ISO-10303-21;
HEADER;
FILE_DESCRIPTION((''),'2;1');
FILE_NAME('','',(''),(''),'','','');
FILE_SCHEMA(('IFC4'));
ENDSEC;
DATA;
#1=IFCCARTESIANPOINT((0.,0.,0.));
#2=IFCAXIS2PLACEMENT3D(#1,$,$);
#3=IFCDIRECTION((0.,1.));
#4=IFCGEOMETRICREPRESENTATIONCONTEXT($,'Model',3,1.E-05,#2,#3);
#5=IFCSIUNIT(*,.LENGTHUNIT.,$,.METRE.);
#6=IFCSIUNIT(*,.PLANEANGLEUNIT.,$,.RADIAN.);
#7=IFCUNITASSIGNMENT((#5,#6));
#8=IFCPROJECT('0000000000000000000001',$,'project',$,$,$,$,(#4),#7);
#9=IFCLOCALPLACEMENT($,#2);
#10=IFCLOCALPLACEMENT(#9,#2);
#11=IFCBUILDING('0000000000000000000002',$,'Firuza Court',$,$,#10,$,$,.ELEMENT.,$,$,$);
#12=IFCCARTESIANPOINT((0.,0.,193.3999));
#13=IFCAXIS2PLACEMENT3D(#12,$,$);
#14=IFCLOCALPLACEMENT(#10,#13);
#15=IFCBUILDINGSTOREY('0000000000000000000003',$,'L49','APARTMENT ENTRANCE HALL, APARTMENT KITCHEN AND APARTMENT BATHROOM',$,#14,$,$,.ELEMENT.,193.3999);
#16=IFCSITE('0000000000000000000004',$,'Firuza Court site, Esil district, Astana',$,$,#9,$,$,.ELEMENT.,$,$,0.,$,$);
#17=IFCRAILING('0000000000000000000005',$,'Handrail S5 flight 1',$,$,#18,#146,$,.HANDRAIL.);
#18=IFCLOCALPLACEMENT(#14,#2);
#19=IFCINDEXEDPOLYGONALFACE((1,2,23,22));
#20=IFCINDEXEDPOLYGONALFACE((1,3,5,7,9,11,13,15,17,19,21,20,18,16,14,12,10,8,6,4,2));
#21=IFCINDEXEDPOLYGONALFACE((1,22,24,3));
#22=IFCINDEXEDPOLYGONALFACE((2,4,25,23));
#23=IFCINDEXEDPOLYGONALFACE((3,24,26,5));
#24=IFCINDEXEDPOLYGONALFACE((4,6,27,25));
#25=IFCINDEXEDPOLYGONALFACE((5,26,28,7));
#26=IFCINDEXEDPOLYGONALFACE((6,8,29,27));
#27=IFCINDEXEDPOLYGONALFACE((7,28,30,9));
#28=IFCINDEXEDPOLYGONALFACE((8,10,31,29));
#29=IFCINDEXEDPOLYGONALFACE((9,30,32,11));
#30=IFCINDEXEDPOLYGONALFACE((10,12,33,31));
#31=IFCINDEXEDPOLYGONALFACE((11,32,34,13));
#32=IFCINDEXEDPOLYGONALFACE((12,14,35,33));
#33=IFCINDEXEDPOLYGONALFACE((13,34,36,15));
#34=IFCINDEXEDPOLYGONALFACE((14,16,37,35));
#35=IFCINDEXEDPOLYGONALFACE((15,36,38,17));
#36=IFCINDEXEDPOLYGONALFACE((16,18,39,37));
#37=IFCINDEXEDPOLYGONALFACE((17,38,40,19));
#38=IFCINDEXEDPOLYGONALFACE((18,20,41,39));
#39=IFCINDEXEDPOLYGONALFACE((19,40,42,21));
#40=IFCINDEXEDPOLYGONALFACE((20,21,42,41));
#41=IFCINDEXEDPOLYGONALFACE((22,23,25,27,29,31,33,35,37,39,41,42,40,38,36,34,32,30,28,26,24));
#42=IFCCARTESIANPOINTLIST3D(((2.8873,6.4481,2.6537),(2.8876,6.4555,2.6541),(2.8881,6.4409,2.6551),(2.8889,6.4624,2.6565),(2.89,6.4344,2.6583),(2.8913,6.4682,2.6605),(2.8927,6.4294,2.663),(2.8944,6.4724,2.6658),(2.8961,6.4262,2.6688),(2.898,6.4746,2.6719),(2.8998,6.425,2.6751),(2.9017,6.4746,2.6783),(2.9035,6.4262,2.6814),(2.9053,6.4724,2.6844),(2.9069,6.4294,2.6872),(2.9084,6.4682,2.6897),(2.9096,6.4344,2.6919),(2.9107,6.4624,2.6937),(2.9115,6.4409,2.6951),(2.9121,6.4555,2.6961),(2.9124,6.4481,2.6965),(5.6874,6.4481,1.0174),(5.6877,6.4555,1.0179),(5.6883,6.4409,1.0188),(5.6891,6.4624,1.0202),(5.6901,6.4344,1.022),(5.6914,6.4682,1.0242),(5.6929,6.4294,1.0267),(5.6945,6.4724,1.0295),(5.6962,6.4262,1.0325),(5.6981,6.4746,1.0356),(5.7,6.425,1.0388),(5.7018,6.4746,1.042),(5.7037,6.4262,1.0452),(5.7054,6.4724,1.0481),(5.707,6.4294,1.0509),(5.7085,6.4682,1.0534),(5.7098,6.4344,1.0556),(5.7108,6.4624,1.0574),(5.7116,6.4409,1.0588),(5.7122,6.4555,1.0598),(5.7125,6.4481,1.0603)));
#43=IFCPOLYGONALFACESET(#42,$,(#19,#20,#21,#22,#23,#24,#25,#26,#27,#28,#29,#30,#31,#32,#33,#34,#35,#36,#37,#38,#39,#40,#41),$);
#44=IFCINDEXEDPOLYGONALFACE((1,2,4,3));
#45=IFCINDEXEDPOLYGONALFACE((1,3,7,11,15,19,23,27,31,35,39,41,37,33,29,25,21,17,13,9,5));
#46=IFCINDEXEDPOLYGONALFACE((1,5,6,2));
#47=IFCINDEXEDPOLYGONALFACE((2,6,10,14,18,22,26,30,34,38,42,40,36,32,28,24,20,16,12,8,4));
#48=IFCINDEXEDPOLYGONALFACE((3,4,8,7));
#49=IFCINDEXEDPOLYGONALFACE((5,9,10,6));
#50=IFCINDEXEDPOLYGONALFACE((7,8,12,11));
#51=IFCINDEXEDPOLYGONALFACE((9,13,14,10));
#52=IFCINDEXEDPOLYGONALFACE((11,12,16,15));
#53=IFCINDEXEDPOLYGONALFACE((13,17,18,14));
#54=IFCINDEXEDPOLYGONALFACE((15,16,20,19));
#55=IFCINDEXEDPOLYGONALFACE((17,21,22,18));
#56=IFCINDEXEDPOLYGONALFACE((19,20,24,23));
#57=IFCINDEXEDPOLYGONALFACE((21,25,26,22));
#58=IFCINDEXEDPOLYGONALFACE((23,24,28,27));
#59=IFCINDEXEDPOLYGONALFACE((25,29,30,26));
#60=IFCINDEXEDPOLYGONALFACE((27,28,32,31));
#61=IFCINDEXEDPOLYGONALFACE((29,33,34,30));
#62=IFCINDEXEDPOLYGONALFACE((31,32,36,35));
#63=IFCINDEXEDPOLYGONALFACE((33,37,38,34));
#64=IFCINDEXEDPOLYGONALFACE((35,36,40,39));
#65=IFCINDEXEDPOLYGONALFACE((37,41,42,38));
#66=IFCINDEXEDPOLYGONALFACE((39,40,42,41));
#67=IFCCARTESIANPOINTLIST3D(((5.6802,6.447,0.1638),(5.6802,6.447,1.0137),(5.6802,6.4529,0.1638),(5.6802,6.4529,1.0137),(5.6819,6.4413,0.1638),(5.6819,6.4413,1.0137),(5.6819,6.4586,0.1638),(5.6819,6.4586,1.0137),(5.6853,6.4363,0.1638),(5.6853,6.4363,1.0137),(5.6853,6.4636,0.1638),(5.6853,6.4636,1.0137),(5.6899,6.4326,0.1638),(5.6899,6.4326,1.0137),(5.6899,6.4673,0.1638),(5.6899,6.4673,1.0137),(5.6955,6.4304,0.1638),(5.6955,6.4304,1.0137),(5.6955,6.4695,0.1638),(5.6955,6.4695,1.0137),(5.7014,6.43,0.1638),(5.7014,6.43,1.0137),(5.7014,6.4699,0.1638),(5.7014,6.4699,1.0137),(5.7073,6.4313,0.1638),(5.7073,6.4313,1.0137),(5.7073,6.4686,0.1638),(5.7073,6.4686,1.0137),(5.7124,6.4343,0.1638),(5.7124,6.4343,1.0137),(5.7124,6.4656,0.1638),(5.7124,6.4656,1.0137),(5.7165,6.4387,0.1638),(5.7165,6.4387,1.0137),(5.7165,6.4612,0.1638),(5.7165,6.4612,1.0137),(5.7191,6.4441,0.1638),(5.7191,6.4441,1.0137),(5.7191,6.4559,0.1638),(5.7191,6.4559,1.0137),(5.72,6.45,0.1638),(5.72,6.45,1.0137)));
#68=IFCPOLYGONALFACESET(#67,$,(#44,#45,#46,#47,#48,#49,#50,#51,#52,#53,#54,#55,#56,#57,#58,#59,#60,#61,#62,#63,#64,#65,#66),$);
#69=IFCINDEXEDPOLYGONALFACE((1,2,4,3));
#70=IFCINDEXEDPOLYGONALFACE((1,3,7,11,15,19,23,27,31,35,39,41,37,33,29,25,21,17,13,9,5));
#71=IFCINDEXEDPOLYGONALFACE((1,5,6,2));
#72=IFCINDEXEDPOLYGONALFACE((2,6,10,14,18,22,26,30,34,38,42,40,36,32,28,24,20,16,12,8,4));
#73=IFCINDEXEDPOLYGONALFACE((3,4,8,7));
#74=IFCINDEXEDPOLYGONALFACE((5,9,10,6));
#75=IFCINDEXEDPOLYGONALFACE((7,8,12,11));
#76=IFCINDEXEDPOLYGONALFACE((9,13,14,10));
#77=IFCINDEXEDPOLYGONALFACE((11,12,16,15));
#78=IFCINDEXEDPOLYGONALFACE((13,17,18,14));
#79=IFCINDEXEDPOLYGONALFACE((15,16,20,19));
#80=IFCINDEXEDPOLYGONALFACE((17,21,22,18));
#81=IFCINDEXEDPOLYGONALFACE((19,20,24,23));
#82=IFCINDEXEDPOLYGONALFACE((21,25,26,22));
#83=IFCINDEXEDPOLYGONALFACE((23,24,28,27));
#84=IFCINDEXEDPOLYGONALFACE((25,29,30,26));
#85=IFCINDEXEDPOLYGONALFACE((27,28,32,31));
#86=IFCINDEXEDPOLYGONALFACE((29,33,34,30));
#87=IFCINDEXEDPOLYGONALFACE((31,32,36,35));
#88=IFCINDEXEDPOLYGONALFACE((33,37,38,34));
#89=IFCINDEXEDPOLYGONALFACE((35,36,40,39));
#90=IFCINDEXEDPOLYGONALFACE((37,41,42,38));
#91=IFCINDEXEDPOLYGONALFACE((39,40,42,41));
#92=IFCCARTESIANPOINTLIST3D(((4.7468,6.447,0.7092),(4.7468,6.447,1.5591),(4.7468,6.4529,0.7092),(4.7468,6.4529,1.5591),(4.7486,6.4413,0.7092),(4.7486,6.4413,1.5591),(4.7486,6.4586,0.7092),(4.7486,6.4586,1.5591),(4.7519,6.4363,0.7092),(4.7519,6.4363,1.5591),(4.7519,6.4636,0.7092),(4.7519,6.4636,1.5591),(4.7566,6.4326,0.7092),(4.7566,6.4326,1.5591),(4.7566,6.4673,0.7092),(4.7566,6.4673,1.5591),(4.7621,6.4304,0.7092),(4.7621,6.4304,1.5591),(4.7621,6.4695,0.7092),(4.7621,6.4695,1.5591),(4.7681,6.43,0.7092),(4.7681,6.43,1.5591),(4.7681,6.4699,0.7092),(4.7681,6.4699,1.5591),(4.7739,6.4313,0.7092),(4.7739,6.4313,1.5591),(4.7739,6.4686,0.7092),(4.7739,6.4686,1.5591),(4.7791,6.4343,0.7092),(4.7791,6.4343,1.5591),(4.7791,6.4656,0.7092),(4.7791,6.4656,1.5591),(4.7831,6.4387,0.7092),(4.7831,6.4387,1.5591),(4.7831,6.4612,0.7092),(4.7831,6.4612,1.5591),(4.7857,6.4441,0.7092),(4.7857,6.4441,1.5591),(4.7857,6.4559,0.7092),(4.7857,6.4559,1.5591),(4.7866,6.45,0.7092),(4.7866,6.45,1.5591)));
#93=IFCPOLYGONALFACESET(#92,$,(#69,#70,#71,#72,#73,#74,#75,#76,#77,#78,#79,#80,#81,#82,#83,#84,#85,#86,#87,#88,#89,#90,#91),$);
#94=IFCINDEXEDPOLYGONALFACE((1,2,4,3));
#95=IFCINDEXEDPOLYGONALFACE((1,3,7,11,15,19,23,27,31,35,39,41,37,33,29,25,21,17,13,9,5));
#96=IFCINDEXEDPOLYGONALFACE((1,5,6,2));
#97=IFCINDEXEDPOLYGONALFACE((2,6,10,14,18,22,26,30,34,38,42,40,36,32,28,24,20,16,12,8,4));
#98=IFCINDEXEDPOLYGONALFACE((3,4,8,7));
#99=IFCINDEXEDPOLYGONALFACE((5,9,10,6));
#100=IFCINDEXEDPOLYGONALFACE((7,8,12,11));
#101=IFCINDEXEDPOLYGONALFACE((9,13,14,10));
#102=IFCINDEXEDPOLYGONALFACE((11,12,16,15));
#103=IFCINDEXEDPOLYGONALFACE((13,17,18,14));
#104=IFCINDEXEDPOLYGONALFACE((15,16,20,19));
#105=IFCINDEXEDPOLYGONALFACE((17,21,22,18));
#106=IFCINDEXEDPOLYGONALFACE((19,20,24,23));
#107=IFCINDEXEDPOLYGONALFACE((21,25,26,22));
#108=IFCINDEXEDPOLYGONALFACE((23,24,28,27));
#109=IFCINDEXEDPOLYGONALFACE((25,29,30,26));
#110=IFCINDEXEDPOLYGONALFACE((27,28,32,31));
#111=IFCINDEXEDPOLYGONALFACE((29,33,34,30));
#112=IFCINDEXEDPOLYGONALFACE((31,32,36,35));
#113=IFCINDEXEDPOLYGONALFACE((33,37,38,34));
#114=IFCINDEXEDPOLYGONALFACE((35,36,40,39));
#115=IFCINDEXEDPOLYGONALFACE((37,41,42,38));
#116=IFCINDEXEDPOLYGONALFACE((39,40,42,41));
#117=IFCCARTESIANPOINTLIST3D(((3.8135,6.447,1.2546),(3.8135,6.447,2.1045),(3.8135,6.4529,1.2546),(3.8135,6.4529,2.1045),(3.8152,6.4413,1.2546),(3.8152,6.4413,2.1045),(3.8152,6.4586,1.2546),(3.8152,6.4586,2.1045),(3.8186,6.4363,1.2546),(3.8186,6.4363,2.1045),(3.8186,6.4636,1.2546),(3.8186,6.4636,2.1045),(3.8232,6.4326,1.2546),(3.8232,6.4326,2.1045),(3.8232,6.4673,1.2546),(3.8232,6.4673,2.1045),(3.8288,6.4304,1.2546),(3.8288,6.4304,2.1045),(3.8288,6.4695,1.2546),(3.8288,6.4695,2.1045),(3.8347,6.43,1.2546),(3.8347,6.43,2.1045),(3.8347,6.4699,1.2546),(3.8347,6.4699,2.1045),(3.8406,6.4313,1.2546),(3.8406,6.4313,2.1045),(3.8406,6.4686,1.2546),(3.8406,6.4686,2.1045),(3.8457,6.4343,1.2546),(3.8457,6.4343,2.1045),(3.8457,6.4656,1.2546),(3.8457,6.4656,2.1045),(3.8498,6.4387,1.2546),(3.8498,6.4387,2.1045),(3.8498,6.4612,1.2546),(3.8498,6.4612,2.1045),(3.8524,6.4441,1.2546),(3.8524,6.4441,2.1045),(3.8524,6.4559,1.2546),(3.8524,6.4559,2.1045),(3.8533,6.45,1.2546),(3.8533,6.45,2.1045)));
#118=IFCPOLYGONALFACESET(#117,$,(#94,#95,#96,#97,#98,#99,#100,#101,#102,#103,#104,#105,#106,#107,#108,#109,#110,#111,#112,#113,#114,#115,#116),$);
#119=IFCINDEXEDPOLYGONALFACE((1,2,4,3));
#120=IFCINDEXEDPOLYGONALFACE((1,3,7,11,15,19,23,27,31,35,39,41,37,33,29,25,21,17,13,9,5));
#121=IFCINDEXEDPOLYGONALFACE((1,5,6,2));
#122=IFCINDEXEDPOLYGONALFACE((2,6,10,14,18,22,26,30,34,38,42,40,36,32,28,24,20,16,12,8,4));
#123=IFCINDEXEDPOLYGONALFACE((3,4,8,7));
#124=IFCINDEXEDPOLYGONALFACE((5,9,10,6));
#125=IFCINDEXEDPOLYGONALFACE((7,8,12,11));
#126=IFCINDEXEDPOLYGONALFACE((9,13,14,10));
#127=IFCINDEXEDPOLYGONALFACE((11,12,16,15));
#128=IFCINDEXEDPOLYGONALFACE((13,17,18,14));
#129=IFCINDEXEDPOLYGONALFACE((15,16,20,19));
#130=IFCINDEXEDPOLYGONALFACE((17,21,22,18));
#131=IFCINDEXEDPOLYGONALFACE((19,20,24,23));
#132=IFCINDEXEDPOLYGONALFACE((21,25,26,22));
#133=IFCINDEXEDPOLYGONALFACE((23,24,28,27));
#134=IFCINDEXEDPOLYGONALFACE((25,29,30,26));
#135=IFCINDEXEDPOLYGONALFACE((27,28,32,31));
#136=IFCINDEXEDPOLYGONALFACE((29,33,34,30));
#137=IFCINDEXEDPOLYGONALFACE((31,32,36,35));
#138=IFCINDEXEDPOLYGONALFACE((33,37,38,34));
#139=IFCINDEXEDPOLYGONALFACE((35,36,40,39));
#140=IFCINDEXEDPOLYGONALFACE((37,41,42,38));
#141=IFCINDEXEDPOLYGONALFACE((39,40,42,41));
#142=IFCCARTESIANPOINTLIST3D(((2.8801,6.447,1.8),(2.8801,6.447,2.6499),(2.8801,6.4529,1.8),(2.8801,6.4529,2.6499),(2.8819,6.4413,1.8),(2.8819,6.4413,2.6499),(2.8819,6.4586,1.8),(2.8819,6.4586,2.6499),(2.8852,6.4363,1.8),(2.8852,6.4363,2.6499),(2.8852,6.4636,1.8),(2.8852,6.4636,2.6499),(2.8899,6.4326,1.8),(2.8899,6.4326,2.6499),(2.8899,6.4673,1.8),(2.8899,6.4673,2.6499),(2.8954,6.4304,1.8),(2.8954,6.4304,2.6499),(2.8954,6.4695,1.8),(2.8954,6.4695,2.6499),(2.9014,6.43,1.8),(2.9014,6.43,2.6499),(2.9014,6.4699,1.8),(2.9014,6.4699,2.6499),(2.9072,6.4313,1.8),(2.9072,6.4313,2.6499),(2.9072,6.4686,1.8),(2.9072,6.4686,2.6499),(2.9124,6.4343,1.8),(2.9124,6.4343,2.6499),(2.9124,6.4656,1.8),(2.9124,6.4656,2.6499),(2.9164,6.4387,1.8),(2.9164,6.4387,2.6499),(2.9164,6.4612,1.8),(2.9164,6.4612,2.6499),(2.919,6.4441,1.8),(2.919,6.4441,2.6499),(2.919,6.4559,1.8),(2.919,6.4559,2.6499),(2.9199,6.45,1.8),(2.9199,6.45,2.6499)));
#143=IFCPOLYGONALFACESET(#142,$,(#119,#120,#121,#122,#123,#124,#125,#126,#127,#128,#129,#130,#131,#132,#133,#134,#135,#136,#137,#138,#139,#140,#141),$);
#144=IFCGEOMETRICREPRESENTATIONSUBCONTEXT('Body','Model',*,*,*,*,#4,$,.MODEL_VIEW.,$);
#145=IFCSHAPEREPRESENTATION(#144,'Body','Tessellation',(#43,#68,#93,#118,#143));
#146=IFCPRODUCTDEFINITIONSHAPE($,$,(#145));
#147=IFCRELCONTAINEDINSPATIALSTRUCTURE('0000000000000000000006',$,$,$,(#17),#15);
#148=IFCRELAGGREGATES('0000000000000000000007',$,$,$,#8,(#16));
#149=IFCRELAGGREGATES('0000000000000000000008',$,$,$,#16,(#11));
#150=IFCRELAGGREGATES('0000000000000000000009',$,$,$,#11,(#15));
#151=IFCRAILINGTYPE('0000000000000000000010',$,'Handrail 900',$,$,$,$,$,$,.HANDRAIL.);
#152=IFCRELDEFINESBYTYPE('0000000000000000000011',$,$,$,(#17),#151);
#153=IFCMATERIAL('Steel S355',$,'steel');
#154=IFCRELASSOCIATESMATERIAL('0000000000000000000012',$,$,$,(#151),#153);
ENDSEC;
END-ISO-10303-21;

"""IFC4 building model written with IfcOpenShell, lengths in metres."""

from ifc_helpers import new_model, si_unit, direction, frame, origin, origin_2d, place, context, subcontext, project, spatial, circle, extrude, material, type_object, element, save


model = new_model("IFC4")

# Units and contexts
model_context = context("Model", 3, precision=1e-05, world=origin(), true_north=direction((0.0, 1.0)))
body_context = subcontext(model_context, "Body", "Model", "MODEL_VIEW")
ifc_project = project(units=[si_unit("LENGTHUNIT", "METRE"), si_unit("PLANEANGLEUNIT", "RADIAN")], contexts=[model_context])

# Site, building, storey
site_placement = place(None, origin())
site = spatial("IfcSite", under=ifc_project, at=site_placement, Name="Firuza Court site, Esil district, Astana", CompositionType="ELEMENT", RefElevation=0.0)
building_placement = place(site_placement, origin())
building = spatial("IfcBuilding", under=site, at=building_placement, Name="Firuza Court", CompositionType="ELEMENT")
storey_placement = place(building_placement, frame((0.0, 0.0, 193.3999)))
storey = spatial("IfcBuildingStorey", under=building, at=storey_placement, Name="L49", Description="APARTMENT ENTRANCE HALL, APARTMENT KITCHEN AND APARTMENT BATHROOM", CompositionType="ELEMENT", Elevation=193.3999)

# Railing
ifc_material_1 = material(Name="Steel S355", Category="steel")
railing_type_1 = type_object("IfcRailingType", Name="Handrail 900", PredefinedType="HANDRAIL", material=ifc_material_1)
railing_1_placement = place(storey_placement, frame((5.7, 6.45, 0.1638)))
element("IfcRailing", 1, at=railing_1_placement, inside=storey, type_object=railing_type_1, Name="Handrail S5 flight 1", PredefinedType="HANDRAIL", context=body_context, shape_type="SweptSolid", body=[
    extrude(circle(Radius=0.0249, at=origin_2d()), frame((0.0, 0.0, 0.875), z_axis=(-0.863394, 0.0, 0.504531), x_axis=(0.0, -1.0, 0.0)), (0.0, 0.0, 1.0), 3.2432),
    extrude(circle(Radius=0.02, at=origin_2d()), origin(), (0.0, 0.0, 1.0), 0.8499),
    extrude(circle(Radius=0.02, at=origin_2d()), frame((-0.9333, 0.0, 0.5454)), (0.0, 0.0, 1.0), 0.8499),
    extrude(circle(Radius=0.02, at=origin_2d()), frame((-1.8667, 0.0, 1.0908)), (0.0, 0.0, 1.0), 0.8499),
    extrude(circle(Radius=0.02, at=origin_2d()), frame((-2.8, 0.0, 1.6362)), (0.0, 0.0, 1.0), 0.8499),
])

save(model, "model.ifc")
